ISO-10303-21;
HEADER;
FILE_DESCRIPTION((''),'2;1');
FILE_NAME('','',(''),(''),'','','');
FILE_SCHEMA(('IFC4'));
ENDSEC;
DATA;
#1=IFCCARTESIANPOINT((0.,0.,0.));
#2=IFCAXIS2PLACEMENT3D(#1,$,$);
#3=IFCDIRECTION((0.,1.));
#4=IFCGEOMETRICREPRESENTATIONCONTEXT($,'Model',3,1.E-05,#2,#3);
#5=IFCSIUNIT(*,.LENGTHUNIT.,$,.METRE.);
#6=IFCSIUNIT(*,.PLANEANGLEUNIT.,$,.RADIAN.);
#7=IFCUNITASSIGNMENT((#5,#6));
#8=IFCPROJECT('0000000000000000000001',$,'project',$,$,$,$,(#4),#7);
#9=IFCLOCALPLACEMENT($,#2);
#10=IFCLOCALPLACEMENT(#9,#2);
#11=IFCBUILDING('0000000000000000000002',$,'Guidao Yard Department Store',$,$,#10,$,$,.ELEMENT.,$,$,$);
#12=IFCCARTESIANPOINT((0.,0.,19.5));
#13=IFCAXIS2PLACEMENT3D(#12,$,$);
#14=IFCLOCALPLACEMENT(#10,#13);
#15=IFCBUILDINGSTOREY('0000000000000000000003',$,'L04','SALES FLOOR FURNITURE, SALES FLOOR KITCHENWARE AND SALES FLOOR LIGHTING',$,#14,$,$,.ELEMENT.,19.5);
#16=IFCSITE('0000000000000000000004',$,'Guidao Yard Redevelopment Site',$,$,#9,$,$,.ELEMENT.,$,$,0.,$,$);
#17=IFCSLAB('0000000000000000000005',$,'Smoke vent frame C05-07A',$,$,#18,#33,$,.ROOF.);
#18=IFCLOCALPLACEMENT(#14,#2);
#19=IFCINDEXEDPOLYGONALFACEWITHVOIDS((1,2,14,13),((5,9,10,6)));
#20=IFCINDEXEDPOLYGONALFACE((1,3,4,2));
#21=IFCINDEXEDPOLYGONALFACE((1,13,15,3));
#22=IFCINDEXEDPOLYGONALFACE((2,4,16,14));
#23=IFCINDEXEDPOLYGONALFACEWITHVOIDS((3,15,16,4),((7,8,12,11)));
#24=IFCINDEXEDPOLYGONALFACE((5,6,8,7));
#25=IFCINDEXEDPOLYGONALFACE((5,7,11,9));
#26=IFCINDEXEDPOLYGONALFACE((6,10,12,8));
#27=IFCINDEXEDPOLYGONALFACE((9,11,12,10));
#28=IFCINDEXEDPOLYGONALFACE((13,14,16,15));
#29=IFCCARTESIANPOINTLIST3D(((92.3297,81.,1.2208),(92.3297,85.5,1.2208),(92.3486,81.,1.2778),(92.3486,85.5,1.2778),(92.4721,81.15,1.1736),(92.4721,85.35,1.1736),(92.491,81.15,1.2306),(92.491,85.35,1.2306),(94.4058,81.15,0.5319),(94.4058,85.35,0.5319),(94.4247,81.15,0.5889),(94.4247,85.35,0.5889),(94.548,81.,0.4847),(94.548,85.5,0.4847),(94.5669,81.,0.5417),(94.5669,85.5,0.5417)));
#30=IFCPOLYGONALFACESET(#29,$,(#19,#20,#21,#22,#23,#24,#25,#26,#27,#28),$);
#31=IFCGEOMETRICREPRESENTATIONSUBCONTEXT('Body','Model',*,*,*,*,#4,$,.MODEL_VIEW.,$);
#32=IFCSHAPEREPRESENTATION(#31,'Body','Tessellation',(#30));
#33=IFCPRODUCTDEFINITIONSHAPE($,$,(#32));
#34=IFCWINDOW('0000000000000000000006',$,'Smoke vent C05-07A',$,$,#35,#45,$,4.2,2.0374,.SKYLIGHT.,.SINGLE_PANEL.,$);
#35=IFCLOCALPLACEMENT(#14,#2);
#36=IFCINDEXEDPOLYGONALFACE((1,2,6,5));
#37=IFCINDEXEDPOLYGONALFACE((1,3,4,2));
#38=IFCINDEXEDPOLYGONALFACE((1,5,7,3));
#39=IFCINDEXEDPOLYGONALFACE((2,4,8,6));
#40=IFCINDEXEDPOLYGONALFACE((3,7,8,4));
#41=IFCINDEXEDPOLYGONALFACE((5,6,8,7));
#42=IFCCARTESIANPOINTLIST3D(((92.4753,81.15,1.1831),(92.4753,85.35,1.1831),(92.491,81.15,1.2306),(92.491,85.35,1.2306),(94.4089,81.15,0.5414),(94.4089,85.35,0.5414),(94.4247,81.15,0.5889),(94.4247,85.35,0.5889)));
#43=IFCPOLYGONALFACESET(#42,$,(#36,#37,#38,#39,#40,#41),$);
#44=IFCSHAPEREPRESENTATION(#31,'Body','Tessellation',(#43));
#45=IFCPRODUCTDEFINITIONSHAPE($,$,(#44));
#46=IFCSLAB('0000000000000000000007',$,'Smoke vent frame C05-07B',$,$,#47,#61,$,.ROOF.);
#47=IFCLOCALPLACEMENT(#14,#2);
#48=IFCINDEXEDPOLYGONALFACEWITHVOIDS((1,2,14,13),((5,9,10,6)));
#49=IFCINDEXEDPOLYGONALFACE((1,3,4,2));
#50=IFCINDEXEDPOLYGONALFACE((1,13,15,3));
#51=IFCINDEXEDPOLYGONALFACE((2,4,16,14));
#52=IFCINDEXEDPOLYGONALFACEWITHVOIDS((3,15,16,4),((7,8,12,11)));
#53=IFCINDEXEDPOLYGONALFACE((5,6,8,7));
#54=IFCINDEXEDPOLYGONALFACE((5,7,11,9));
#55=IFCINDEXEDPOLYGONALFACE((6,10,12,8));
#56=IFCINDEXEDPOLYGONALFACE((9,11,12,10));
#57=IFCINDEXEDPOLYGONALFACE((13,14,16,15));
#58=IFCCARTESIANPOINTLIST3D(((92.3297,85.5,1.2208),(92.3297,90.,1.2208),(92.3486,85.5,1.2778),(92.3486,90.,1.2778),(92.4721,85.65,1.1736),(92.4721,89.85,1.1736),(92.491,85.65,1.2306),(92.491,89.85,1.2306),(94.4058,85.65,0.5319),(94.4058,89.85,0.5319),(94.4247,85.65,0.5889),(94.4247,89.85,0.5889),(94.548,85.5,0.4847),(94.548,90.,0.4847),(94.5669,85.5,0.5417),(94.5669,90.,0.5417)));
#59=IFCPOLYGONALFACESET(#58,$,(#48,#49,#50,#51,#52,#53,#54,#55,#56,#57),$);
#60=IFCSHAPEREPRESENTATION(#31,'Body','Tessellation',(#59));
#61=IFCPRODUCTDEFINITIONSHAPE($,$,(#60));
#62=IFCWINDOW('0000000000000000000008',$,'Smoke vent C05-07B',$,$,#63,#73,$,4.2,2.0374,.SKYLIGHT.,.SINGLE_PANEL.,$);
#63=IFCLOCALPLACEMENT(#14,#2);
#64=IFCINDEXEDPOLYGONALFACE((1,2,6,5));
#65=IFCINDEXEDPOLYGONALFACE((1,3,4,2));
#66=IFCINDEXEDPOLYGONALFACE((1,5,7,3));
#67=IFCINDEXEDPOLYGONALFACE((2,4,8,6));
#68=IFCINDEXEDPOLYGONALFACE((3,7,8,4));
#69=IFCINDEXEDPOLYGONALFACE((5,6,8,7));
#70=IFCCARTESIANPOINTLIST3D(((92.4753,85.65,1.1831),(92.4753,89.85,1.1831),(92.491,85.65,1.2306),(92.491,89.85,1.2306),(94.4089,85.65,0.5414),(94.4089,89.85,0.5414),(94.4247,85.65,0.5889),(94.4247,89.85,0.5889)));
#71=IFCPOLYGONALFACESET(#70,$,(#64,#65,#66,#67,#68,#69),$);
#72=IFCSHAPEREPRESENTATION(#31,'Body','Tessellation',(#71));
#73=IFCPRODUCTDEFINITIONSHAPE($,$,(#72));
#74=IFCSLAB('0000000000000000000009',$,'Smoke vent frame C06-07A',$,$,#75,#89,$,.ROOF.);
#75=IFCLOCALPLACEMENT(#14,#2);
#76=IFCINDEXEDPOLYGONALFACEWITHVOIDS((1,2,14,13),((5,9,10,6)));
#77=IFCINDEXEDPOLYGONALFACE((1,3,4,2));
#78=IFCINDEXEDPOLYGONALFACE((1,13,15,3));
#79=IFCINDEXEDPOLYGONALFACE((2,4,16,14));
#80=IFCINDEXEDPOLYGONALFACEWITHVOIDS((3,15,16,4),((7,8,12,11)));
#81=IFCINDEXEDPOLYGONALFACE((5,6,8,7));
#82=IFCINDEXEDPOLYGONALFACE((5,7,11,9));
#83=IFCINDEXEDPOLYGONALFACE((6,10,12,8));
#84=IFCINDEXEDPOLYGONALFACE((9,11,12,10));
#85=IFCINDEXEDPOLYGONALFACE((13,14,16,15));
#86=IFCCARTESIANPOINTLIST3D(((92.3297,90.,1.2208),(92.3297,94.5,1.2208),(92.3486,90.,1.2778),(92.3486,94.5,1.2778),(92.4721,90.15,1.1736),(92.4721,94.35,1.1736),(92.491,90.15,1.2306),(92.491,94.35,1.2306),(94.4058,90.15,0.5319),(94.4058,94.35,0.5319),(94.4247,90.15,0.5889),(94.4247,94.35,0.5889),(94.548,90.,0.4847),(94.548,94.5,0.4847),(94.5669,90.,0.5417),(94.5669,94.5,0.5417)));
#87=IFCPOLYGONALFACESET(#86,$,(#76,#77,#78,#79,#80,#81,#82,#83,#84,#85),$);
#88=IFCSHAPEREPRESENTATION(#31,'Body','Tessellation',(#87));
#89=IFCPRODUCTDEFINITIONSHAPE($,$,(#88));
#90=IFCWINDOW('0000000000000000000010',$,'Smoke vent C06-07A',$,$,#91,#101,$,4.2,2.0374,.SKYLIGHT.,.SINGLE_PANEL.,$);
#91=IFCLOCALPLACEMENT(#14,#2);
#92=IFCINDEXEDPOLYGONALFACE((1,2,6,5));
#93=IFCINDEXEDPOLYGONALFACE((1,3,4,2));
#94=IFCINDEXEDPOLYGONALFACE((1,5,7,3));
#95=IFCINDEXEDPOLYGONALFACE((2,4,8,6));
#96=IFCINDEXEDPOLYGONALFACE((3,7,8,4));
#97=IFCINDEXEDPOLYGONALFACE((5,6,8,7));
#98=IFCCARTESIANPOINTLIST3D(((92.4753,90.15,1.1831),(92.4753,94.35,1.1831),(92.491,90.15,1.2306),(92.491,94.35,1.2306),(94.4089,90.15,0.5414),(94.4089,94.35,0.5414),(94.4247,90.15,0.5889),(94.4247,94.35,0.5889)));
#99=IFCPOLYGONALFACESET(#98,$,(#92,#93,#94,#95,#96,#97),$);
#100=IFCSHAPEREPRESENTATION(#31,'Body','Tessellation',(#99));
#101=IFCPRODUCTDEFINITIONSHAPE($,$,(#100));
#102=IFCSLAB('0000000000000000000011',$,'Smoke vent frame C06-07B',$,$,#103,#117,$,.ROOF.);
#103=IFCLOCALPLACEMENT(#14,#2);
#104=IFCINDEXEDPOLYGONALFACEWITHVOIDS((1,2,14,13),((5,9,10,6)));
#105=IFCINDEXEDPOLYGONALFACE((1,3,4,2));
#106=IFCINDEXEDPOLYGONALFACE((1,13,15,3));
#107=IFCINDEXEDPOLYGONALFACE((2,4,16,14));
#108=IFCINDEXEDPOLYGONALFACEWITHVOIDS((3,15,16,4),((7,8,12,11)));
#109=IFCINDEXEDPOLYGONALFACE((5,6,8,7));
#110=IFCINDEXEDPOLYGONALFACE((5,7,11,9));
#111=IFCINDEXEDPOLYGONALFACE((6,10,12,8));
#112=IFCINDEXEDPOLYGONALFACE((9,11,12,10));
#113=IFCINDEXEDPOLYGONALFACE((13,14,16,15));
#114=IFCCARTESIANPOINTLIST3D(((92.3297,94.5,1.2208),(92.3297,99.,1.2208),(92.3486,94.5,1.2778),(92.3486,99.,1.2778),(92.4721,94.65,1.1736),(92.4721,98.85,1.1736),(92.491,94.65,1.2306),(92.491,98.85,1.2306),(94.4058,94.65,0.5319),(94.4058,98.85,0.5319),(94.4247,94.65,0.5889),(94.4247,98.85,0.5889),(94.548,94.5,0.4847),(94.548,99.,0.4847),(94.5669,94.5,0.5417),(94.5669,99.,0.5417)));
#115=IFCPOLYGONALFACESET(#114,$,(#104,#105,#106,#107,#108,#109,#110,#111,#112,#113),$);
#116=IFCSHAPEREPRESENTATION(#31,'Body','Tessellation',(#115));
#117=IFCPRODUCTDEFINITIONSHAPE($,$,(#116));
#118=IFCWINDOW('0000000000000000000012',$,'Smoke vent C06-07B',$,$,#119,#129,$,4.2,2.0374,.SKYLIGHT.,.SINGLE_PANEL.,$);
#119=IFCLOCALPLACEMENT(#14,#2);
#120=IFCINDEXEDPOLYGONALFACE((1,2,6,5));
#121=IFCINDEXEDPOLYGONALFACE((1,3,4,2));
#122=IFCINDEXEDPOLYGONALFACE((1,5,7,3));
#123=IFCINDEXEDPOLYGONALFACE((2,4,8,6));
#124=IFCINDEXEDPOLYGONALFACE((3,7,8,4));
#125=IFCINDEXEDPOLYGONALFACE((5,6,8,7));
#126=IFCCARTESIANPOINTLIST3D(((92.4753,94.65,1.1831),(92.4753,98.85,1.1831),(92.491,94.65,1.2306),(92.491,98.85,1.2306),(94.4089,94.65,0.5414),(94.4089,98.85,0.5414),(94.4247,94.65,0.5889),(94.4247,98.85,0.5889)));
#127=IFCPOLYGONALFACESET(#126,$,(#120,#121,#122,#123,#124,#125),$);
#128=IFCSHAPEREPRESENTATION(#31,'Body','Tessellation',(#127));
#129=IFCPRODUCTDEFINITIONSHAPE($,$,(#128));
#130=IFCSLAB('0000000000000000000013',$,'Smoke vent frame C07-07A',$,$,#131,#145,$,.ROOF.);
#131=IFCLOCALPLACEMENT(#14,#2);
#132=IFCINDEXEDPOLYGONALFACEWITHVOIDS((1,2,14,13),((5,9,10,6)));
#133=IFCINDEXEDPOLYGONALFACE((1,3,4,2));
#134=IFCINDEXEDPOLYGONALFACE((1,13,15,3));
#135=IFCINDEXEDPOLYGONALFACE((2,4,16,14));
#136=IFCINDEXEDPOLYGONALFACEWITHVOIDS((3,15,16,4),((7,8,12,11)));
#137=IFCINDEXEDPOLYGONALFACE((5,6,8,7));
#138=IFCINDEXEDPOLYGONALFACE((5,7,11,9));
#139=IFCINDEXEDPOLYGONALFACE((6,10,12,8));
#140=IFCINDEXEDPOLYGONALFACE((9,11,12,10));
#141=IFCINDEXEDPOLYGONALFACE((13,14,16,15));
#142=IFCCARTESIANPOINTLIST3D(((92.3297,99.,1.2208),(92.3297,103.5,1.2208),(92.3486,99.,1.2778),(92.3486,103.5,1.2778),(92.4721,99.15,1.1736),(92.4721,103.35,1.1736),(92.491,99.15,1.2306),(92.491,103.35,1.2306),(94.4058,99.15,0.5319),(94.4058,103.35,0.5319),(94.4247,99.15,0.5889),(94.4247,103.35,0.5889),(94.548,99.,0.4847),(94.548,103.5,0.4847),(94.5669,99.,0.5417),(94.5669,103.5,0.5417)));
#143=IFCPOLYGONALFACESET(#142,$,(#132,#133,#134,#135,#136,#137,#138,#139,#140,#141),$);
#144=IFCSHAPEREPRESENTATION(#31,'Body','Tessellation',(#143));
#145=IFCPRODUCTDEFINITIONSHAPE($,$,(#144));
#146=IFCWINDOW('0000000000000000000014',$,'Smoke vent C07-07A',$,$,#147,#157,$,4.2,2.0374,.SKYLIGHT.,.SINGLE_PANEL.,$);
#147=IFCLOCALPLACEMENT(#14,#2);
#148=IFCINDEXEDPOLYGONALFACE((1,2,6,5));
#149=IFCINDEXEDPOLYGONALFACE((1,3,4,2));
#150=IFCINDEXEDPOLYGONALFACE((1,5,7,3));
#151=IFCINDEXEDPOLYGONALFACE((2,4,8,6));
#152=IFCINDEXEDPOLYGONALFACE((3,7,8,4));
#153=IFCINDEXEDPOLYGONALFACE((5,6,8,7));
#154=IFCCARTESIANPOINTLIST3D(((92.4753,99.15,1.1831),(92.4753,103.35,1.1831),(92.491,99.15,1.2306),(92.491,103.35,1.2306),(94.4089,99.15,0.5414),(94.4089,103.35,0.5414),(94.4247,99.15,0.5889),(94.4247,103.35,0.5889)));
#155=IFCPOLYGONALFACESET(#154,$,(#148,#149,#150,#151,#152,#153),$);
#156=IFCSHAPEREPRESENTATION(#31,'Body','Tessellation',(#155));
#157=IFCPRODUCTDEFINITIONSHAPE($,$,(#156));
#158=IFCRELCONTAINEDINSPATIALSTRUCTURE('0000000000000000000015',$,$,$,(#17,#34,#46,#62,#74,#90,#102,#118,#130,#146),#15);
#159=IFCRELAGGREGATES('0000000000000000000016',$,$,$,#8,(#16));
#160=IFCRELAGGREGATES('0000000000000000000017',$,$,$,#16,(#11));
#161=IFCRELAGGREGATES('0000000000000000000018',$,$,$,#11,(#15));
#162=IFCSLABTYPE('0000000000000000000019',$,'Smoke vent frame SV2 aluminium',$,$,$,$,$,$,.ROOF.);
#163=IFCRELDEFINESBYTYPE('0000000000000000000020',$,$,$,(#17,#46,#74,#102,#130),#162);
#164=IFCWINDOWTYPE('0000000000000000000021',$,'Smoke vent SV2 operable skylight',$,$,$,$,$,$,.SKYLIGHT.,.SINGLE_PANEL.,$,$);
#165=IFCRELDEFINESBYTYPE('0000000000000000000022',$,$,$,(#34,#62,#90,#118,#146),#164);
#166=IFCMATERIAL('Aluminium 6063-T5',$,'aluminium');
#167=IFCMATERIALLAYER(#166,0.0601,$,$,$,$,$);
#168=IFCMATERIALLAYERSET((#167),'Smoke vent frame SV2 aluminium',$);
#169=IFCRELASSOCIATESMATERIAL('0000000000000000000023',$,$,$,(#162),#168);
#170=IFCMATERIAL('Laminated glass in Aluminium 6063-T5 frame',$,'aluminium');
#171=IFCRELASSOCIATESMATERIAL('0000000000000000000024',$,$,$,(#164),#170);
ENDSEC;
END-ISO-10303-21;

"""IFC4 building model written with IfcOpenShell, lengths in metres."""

from ifc_helpers import new_model, si_unit, direction, frame, origin, origin_2d, place, context, subcontext, project, spatial, polyline, rectangle, outline, extrude, material, layer, layer_set, type_object, element, fill, save


model = new_model("IFC4")

# Units and contexts
model_context = context("Model", 3, precision=1e-05, world=origin(), true_north=direction((0.0, 1.0)))
body_context = subcontext(model_context, "Body", "Model", "MODEL_VIEW")
ifc_project = project(units=[si_unit("LENGTHUNIT", "METRE"), si_unit("PLANEANGLEUNIT", "RADIAN")], contexts=[model_context])

# Site, building, storey
site_placement = place(None, origin())
site = spatial("IfcSite", under=ifc_project, at=site_placement, Name="Guidao Yard Redevelopment Site", CompositionType="ELEMENT", RefElevation=0.0)
building_placement = place(site_placement, origin())
building = spatial("IfcBuilding", under=site, at=building_placement, Name="Guidao Yard Department Store", CompositionType="ELEMENT")
storey_placement = place(building_placement, frame((0.0, 0.0, 19.5)))
storey = spatial("IfcBuildingStorey", under=building, at=storey_placement, Name="L04", Description="SALES FLOOR FURNITURE, SALES FLOOR KITCHENWARE AND SALES FLOOR LIGHTING", CompositionType="ELEMENT", Elevation=19.5)

# Slabs, openings, windows
ifc_material_1 = material(Name="Aluminium 6063-T5", Category="aluminium")
ifc_layer = layer(ifc_material_1, 0.0601)
ifc_layer_set = layer_set([ifc_layer], Name="Smoke vent frame SV2 aluminium")
slab_type = type_object("IfcSlabType", Name="Smoke vent frame SV2 aluminium", PredefinedType="ROOF", material=ifc_layer_set)
ifc_material_2 = material(Name="Laminated glass in Aluminium 6063-T5 frame", Category="aluminium")
window_type = type_object("IfcWindowType", Name="Smoke vent SV2 operable skylight", PartitioningType="SINGLE_PANEL", PredefinedType="SKYLIGHT", material=ifc_material_2)
slab_1_placement = place(storey_placement, frame((92.3486, 81.0, 1.2778), z_axis=(0.314943, 0.0, 0.949111), x_axis=(0.949111, 0.0, -0.314943)))
slab_1 = element("IfcSlab", 1, at=slab_1_placement, inside=storey, type_object=slab_type, Name="Smoke vent frame C05-07A", PredefinedType="ROOF", context=body_context, shape_type="SweptSolid", body=[
    extrude(outline(polyline([(0.0, 0.0), (2.3372, 0.0), (2.3372, 4.5), (0.0, 4.5), (0.0, 0.0)])), origin(), (0.0, 0.0, -1.0), 0.0601),
])
opening_1_placement = place(slab_1_placement, frame((1.1687, 2.25, 0.0)))
opening_1 = element("IfcOpeningElement", 2, at=opening_1_placement, cuts=slab_1, PredefinedType="OPENING", context=body_context, shape_type="SweptSolid", body=[
    extrude(rectangle(XDim=2.0374, YDim=4.2, at=origin_2d()), frame((0.0, 0.0, 0.01)), (0.0, 0.0, -1.0), 0.0801),
])
window_1_placement = place(opening_1_placement, frame((0.0, 0.0, -0.05)))
window_1 = element("IfcWindow", 3, at=window_1_placement, inside=storey, type_object=window_type, Name="Smoke vent C05-07A", OverallHeight=4.2, OverallWidth=2.0374, PartitioningType="SINGLE_PANEL", PredefinedType="SKYLIGHT", context=body_context, shape_type="SweptSolid", body=[
    extrude(rectangle(XDim=2.0374, YDim=4.2, at=origin_2d()), origin(), (0.0, 0.0, 1.0), 0.05),
])
fill(opening_1, window_1)
slab_2_placement = place(storey_placement, frame((92.3486, 85.5, 1.2778), z_axis=(0.314943, 0.0, 0.949111), x_axis=(0.949111, 0.0, -0.314943)))
slab_2 = element("IfcSlab", 4, at=slab_2_placement, inside=storey, type_object=slab_type, Name="Smoke vent frame C05-07B", PredefinedType="ROOF", context=body_context, shape_type="SweptSolid", body=[
    extrude(outline(polyline([(0.0, 0.0), (2.3372, 0.0), (2.3372, 4.5), (0.0, 4.5), (0.0, 0.0)])), origin(), (0.0, 0.0, -1.0), 0.0601),
])
opening_2_placement = place(slab_2_placement, frame((1.1687, 2.25, 0.0)))
opening_2 = element("IfcOpeningElement", 5, at=opening_2_placement, cuts=slab_2, PredefinedType="OPENING", context=body_context, shape_type="SweptSolid", body=[
    extrude(rectangle(XDim=2.0374, YDim=4.2, at=origin_2d()), frame((0.0, 0.0, 0.01)), (0.0, 0.0, -1.0), 0.0801),
])
window_2_placement = place(opening_2_placement, frame((0.0, 0.0, -0.05)))
window_2 = element("IfcWindow", 6, at=window_2_placement, inside=storey, type_object=window_type, Name="Smoke vent C05-07B", OverallHeight=4.2, OverallWidth=2.0374, PartitioningType="SINGLE_PANEL", PredefinedType="SKYLIGHT", context=body_context, shape_type="SweptSolid", body=[
    extrude(rectangle(XDim=2.0374, YDim=4.2, at=origin_2d()), origin(), (0.0, 0.0, 1.0), 0.05),
])
fill(opening_2, window_2)
slab_3_placement = place(storey_placement, frame((92.3486, 90.0, 1.2778), z_axis=(0.314943, 0.0, 0.949111), x_axis=(0.949111, 0.0, -0.314943)))
slab_3 = element("IfcSlab", 7, at=slab_3_placement, inside=storey, type_object=slab_type, Name="Smoke vent frame C06-07A", PredefinedType="ROOF", context=body_context, shape_type="SweptSolid", body=[
    extrude(outline(polyline([(0.0, 0.0), (2.3372, 0.0), (2.3372, 4.5), (0.0, 4.5), (0.0, 0.0)])), origin(), (0.0, 0.0, -1.0), 0.0601),
])
opening_3_placement = place(slab_3_placement, frame((1.1687, 2.25, 0.0)))
opening_3 = element("IfcOpeningElement", 8, at=opening_3_placement, cuts=slab_3, PredefinedType="OPENING", context=body_context, shape_type="SweptSolid", body=[
    extrude(rectangle(XDim=2.0374, YDim=4.2, at=origin_2d()), frame((0.0, 0.0, 0.01)), (0.0, 0.0, -1.0), 0.0801),
])
window_3_placement = place(opening_3_placement, frame((0.0, 0.0, -0.05)))
window_3 = element("IfcWindow", 9, at=window_3_placement, inside=storey, type_object=window_type, Name="Smoke vent C06-07A", OverallHeight=4.2, OverallWidth=2.0374, PartitioningType="SINGLE_PANEL", PredefinedType="SKYLIGHT", context=body_context, shape_type="SweptSolid", body=[
    extrude(rectangle(XDim=2.0374, YDim=4.2, at=origin_2d()), origin(), (0.0, 0.0, 1.0), 0.05),
])
fill(opening_3, window_3)
slab_4_placement = place(storey_placement, frame((92.3486, 94.5, 1.2778), z_axis=(0.314943, 0.0, 0.949111), x_axis=(0.949111, 0.0, -0.314943)))
slab_4 = element("IfcSlab", 10, at=slab_4_placement, inside=storey, type_object=slab_type, Name="Smoke vent frame C06-07B", PredefinedType="ROOF", context=body_context, shape_type="SweptSolid", body=[
    extrude(outline(polyline([(0.0, 0.0), (2.3372, 0.0), (2.3372, 4.5), (0.0, 4.5), (0.0, 0.0)])), origin(), (0.0, 0.0, -1.0), 0.0601),
])
opening_4_placement = place(slab_4_placement, frame((1.1687, 2.25, 0.0)))
opening_4 = element("IfcOpeningElement", 11, at=opening_4_placement, cuts=slab_4, PredefinedType="OPENING", context=body_context, shape_type="SweptSolid", body=[
    extrude(rectangle(XDim=2.0374, YDim=4.2, at=origin_2d()), frame((0.0, 0.0, 0.01)), (0.0, 0.0, -1.0), 0.0801),
])
window_4_placement = place(opening_4_placement, frame((0.0, 0.0, -0.05)))
window_4 = element("IfcWindow", 12, at=window_4_placement, inside=storey, type_object=window_type, Name="Smoke vent C06-07B", OverallHeight=4.2, OverallWidth=2.0374, PartitioningType="SINGLE_PANEL", PredefinedType="SKYLIGHT", context=body_context, shape_type="SweptSolid", body=[
    extrude(rectangle(XDim=2.0374, YDim=4.2, at=origin_2d()), origin(), (0.0, 0.0, 1.0), 0.05),
])
fill(opening_4, window_4)
slab_5_placement = place(storey_placement, frame((92.3486, 99.0, 1.2778), z_axis=(0.314943, 0.0, 0.949111), x_axis=(0.949111, 0.0, -0.314943)))
slab_5 = element("IfcSlab", 13, at=slab_5_placement, inside=storey, type_object=slab_type, Name="Smoke vent frame C07-07A", PredefinedType="ROOF", context=body_context, shape_type="SweptSolid", body=[
    extrude(outline(polyline([(0.0, 0.0), (2.3372, 0.0), (2.3372, 4.5), (0.0, 4.5), (0.0, 0.0)])), origin(), (0.0, 0.0, -1.0), 0.0601),
])
opening_5_placement = place(slab_5_placement, frame((1.1687, 2.25, 0.0)))
opening_5 = element("IfcOpeningElement", 14, at=opening_5_placement, cuts=slab_5, PredefinedType="OPENING", context=body_context, shape_type="SweptSolid", body=[
    extrude(rectangle(XDim=2.0374, YDim=4.2, at=origin_2d()), frame((0.0, 0.0, 0.01)), (0.0, 0.0, -1.0), 0.0801),
])
window_5_placement = place(opening_5_placement, frame((0.0, 0.0, -0.05)))
window_5 = element("IfcWindow", 15, at=window_5_placement, inside=storey, type_object=window_type, Name="Smoke vent C07-07A", OverallHeight=4.2, OverallWidth=2.0374, PartitioningType="SINGLE_PANEL", PredefinedType="SKYLIGHT", context=body_context, shape_type="SweptSolid", body=[
    extrude(rectangle(XDim=2.0374, YDim=4.2, at=origin_2d()), origin(), (0.0, 0.0, 1.0), 0.05),
])
fill(opening_5, window_5)

save(model, "model.ifc")
